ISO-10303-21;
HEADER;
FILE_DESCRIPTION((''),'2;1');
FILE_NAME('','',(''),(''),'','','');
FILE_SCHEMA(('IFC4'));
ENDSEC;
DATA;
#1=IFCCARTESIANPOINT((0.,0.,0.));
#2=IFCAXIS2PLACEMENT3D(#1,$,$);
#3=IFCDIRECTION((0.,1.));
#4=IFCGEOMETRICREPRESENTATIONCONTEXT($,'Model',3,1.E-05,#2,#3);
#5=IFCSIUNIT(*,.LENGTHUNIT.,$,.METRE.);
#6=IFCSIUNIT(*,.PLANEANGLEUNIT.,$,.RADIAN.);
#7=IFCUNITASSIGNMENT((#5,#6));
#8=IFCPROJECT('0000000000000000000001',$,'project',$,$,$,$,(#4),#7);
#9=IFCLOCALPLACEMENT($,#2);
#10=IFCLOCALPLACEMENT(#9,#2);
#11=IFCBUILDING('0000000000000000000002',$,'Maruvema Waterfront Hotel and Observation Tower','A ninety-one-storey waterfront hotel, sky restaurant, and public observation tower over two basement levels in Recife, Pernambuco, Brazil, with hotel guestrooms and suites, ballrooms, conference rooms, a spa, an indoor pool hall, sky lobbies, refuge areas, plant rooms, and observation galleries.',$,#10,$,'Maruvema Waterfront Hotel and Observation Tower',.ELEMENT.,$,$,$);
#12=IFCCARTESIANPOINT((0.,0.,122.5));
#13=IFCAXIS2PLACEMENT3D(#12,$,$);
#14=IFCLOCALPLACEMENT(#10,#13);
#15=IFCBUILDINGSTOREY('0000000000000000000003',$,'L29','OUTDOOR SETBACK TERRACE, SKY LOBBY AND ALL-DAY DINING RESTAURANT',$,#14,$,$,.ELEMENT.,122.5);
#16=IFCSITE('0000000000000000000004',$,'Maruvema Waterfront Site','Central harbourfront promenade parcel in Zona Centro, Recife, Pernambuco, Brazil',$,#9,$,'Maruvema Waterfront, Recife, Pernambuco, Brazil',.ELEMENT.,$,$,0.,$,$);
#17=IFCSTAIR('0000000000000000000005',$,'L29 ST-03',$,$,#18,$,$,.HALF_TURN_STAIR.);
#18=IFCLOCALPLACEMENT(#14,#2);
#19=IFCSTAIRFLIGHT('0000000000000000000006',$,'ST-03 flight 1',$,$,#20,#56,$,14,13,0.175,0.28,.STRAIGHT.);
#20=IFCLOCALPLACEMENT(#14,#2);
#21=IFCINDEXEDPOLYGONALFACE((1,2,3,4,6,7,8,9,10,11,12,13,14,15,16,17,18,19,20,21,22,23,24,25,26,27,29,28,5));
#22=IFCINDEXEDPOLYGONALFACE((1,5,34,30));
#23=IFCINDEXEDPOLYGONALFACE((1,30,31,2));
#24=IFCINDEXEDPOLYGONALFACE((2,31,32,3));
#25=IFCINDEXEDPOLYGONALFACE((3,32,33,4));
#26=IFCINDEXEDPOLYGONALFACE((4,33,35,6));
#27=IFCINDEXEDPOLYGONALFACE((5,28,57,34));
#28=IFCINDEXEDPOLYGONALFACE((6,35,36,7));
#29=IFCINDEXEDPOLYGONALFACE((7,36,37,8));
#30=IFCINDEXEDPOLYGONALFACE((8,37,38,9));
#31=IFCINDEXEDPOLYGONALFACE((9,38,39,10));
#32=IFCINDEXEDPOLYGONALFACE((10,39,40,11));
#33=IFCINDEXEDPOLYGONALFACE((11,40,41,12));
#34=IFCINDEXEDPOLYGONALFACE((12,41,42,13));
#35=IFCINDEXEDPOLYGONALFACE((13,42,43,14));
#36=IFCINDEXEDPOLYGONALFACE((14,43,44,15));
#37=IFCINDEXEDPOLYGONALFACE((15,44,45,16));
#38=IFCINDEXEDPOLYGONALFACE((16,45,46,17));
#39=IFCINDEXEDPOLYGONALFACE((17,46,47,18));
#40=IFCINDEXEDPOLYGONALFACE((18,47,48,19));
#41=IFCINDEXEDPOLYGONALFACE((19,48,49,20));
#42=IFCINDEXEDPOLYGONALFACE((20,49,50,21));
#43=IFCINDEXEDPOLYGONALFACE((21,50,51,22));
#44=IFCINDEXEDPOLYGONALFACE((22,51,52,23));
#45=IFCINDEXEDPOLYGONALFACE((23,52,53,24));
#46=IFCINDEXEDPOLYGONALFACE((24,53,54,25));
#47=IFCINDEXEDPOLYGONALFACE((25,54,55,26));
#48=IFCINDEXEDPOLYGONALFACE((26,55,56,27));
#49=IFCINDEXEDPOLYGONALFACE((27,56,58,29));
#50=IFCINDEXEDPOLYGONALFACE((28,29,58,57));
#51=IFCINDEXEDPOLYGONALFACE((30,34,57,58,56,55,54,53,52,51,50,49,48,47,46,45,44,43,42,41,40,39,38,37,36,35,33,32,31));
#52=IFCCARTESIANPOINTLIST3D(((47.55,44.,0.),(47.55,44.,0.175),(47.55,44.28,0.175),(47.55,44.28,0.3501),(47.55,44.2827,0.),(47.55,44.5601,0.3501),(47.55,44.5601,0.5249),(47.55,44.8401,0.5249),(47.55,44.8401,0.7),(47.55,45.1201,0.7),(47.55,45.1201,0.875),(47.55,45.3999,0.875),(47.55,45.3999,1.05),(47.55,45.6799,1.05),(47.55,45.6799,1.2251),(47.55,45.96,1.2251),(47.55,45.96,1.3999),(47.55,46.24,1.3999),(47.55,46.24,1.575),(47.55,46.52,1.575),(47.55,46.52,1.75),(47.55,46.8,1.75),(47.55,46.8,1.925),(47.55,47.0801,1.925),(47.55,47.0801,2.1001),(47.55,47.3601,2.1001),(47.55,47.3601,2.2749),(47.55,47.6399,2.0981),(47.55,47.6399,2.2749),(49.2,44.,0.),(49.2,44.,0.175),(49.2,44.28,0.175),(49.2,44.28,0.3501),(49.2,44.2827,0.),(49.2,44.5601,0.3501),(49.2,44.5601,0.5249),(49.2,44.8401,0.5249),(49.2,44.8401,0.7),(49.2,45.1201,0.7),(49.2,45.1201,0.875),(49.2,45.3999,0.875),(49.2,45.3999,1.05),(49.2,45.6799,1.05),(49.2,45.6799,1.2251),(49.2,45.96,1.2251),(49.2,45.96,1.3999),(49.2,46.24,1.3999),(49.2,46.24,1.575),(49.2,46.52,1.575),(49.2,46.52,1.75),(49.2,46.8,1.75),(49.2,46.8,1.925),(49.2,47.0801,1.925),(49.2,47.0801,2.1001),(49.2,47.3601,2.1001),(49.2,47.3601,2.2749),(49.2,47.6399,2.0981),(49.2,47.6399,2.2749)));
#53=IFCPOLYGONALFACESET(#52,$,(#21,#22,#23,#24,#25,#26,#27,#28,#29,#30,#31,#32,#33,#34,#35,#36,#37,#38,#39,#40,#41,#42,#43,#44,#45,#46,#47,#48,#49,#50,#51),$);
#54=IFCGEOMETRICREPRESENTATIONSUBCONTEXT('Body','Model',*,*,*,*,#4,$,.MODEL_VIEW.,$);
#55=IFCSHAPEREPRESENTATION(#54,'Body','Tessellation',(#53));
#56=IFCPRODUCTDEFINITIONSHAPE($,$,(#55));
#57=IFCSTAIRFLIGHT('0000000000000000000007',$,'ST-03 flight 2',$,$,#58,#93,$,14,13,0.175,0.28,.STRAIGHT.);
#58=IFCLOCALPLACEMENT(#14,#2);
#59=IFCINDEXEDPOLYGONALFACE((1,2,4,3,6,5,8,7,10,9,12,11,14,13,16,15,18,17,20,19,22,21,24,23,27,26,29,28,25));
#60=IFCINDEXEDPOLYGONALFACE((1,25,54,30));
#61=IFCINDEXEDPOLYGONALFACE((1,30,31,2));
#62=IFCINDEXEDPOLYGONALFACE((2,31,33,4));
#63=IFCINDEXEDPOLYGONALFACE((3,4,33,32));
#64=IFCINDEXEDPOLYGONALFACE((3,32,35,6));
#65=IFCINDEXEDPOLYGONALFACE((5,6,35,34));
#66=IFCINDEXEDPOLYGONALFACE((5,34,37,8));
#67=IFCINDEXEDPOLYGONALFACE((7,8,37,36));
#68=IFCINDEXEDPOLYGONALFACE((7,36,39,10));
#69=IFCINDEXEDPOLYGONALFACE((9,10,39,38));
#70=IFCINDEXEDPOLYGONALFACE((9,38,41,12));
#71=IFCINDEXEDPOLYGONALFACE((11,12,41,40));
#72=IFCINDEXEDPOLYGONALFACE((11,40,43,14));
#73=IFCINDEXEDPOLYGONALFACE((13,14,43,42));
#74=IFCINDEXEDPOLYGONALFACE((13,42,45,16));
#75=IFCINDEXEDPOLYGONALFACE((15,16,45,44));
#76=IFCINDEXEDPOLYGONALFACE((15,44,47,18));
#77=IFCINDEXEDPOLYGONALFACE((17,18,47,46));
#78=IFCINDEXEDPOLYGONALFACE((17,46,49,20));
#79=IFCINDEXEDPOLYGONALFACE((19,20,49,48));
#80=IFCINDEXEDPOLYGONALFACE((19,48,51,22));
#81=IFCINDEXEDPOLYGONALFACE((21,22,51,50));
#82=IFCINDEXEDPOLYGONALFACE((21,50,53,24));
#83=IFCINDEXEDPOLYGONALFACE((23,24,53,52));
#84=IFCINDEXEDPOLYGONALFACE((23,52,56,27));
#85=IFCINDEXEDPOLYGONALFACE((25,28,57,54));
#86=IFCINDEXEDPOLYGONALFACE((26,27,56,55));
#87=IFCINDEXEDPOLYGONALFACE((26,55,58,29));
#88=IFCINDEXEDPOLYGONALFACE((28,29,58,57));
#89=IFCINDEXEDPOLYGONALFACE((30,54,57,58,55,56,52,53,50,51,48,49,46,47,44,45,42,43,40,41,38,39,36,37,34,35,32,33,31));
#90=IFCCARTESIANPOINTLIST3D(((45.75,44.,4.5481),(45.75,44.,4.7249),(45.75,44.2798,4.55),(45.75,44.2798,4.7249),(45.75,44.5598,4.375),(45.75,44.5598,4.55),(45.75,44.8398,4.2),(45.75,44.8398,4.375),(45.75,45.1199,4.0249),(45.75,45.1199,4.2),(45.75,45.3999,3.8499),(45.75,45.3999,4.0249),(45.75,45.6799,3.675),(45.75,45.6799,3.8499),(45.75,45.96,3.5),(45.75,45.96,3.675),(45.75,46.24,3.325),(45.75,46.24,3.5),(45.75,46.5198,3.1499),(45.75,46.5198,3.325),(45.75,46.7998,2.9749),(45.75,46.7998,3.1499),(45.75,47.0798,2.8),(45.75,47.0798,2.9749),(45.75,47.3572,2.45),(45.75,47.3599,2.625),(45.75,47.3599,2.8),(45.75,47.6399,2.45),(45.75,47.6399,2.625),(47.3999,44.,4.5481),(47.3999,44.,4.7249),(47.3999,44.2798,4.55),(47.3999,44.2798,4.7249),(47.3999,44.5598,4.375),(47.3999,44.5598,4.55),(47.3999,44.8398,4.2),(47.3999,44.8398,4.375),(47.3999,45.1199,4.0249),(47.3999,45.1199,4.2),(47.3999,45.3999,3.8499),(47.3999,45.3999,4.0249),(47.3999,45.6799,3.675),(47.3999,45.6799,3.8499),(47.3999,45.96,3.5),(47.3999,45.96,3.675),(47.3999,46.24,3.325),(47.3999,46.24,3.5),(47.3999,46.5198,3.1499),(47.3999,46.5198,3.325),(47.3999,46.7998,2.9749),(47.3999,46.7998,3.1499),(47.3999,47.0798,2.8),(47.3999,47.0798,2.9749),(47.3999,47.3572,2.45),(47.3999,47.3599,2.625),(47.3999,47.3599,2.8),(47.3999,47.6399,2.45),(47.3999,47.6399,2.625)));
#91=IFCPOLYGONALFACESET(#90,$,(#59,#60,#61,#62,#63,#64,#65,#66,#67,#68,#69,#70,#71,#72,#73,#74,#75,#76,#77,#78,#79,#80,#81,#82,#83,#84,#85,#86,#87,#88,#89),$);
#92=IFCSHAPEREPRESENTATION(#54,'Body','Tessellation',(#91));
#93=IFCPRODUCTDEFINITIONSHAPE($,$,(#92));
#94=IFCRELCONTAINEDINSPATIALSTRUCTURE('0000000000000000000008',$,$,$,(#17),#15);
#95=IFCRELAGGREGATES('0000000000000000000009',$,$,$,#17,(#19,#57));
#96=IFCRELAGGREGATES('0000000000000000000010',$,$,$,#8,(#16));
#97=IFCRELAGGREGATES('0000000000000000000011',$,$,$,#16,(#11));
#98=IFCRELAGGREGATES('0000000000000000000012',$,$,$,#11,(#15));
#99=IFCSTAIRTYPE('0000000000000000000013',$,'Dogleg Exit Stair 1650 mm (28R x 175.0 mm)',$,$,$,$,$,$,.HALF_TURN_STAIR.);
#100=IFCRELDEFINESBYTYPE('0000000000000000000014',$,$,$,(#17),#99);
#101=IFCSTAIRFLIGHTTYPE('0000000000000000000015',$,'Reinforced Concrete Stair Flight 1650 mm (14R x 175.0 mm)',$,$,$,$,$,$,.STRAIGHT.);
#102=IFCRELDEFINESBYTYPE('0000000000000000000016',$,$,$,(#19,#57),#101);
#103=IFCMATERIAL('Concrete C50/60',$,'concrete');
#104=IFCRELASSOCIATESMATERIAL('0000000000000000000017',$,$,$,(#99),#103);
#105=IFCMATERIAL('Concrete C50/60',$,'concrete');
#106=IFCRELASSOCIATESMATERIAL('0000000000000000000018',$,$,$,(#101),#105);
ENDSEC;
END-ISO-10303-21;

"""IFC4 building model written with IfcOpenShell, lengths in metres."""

from ifc_helpers import new_model, si_unit, direction, frame, origin, place, context, subcontext, project, spatial, polyline, outline, extrude, material, type_object, element, aggregate, save


model = new_model("IFC4")

# Units and contexts
model_context = context("Model", 3, precision=1e-05, world=origin(), true_north=direction((0.0, 1.0)))
body_context = subcontext(model_context, "Body", "Model", "MODEL_VIEW")
ifc_project = project(units=[si_unit("LENGTHUNIT", "METRE"), si_unit("PLANEANGLEUNIT", "RADIAN")], contexts=[model_context])

# Site, building, storey
site_placement = place(None, origin())
site = spatial("IfcSite", under=ifc_project, at=site_placement, Name="Maruvema Waterfront Site", Description="Central harbourfront promenade parcel in Zona Centro, Recife, Pernambuco, Brazil", LongName="Maruvema Waterfront, Recife, Pernambuco, Brazil", CompositionType="ELEMENT", RefElevation=0.0)
building_placement = place(site_placement, origin())
building = spatial("IfcBuilding", under=site, at=building_placement, Name="Maruvema Waterfront Hotel and Observation Tower", Description="A ninety-one-storey waterfront hotel, sky restaurant, and public observation tower over two basement levels in Recife, Pernambuco, Brazil, with hotel guestrooms and suites, ballrooms, conference rooms, a spa, an indoor pool hall, sky lobbies, refuge areas, plant rooms, and observation galleries.", LongName="Maruvema Waterfront Hotel and Observation Tower", CompositionType="ELEMENT")
storey_placement = place(building_placement, frame((0.0, 0.0, 122.5)))
storey = spatial("IfcBuildingStorey", under=building, at=storey_placement, Name="L29", Description="OUTDOOR SETBACK TERRACE, SKY LOBBY AND ALL-DAY DINING RESTAURANT", CompositionType="ELEMENT", Elevation=122.5)

# Stair, stair flights
ifc_material_1 = material(Name="Concrete C50/60", Category="concrete")
stair_type = type_object("IfcStairType", Name="Dogleg Exit Stair 1650 mm (28R x 175.0 mm)", PredefinedType="HALF_TURN_STAIR", material=ifc_material_1)
stair_placement = place(storey_placement, origin())
stair = element("IfcStair", 1, at=stair_placement, inside=storey, type_object=stair_type, Name="L29 ST-03", PredefinedType="HALF_TURN_STAIR")
ifc_material_2 = material(Name="Concrete C50/60", Category="concrete")
stair_flight_type = type_object("IfcStairFlightType", Name="Reinforced Concrete Stair Flight 1650 mm (14R x 175.0 mm)", PredefinedType="STRAIGHT", material=ifc_material_2)
stair_flight_1_placement = place(storey_placement, frame((48.375, 44.0, 0.0), z_axis=(0.0, 0.0, 1.0), x_axis=(0.0, 1.0, 0.0)))
stair_flight_1 = element("IfcStairFlight", 2, at=stair_flight_1_placement, type_object=stair_flight_type, Name="ST-03 flight 1", NumberOfRisers=14, NumberOfTreads=13, PredefinedType="STRAIGHT", RiserHeight=0.175, TreadLength=0.28, context=body_context, shape_type="SweptSolid", body=[
    extrude(outline(polyline([(0.0, 0.0), (0.0, 0.175), (0.28, 0.175), (0.28, 0.3501), (0.5601, 0.3501), (0.5601, 0.5249), (0.8401, 0.5249), (0.8401, 0.7), (1.1201, 0.7), (1.1201, 0.875), (1.3999, 0.875), (1.3999, 1.05), (1.6799, 1.05), (1.6799, 1.2251), (1.96, 1.2251), (1.96, 1.3999), (2.24, 1.3999), (2.24, 1.575), (2.52, 1.575), (2.52, 1.75), (2.8, 1.75), (2.8, 1.925), (3.0801, 1.925), (3.0801, 2.1001), (3.3601, 2.1001), (3.3601, 2.2749), (3.6399, 2.2749), (3.6399, 2.45), (3.6399, 2.0981), (0.2827, 0.0), (0.0, 0.0)])), frame((0.0, 0.825, 0.0), z_axis=(0.0, -1.0, 0.0), x_axis=(1.0, 0.0, 0.0)), (0.0, 0.0, 1.0), 1.6499),
])
stair_flight_2_placement = place(storey_placement, frame((46.575, 47.6399, 2.45), z_axis=(0.0, 0.0, 1.0), x_axis=(0.0, -1.0, 0.0)))
stair_flight_2 = element("IfcStairFlight", 3, at=stair_flight_2_placement, type_object=stair_flight_type, Name="ST-03 flight 2", NumberOfRisers=14, NumberOfTreads=13, PredefinedType="STRAIGHT", RiserHeight=0.175, TreadLength=0.28, context=body_context, shape_type="SweptSolid", body=[
    extrude(outline(polyline([(0.0, 0.0), (0.0, 0.175), (0.28, 0.175), (0.28, 0.3501), (0.5601, 0.3501), (0.5601, 0.5249), (0.8401, 0.5249), (0.8401, 0.7), (1.1201, 0.7), (1.1201, 0.875), (1.3999, 0.875), (1.3999, 1.05), (1.6799, 1.05), (1.6799, 1.2251), (1.96, 1.2251), (1.96, 1.3999), (2.24, 1.3999), (2.24, 1.575), (2.52, 1.575), (2.52, 1.75), (2.8, 1.75), (2.8, 1.925), (3.0801, 1.925), (3.0801, 2.1001), (3.3601, 2.1001), (3.3601, 2.2749), (3.6399, 2.2749), (3.6399, 2.45), (3.6399, 2.0981), (0.2827, 0.0), (0.0, 0.0)])), frame((0.0, 0.825, 0.0), z_axis=(0.0, -1.0, 0.0), x_axis=(1.0, 0.0, 0.0)), (0.0, 0.0, 1.0), 1.6499),
])
aggregate(stair, [stair_flight_1, stair_flight_2])

save(model, "model.ifc")
